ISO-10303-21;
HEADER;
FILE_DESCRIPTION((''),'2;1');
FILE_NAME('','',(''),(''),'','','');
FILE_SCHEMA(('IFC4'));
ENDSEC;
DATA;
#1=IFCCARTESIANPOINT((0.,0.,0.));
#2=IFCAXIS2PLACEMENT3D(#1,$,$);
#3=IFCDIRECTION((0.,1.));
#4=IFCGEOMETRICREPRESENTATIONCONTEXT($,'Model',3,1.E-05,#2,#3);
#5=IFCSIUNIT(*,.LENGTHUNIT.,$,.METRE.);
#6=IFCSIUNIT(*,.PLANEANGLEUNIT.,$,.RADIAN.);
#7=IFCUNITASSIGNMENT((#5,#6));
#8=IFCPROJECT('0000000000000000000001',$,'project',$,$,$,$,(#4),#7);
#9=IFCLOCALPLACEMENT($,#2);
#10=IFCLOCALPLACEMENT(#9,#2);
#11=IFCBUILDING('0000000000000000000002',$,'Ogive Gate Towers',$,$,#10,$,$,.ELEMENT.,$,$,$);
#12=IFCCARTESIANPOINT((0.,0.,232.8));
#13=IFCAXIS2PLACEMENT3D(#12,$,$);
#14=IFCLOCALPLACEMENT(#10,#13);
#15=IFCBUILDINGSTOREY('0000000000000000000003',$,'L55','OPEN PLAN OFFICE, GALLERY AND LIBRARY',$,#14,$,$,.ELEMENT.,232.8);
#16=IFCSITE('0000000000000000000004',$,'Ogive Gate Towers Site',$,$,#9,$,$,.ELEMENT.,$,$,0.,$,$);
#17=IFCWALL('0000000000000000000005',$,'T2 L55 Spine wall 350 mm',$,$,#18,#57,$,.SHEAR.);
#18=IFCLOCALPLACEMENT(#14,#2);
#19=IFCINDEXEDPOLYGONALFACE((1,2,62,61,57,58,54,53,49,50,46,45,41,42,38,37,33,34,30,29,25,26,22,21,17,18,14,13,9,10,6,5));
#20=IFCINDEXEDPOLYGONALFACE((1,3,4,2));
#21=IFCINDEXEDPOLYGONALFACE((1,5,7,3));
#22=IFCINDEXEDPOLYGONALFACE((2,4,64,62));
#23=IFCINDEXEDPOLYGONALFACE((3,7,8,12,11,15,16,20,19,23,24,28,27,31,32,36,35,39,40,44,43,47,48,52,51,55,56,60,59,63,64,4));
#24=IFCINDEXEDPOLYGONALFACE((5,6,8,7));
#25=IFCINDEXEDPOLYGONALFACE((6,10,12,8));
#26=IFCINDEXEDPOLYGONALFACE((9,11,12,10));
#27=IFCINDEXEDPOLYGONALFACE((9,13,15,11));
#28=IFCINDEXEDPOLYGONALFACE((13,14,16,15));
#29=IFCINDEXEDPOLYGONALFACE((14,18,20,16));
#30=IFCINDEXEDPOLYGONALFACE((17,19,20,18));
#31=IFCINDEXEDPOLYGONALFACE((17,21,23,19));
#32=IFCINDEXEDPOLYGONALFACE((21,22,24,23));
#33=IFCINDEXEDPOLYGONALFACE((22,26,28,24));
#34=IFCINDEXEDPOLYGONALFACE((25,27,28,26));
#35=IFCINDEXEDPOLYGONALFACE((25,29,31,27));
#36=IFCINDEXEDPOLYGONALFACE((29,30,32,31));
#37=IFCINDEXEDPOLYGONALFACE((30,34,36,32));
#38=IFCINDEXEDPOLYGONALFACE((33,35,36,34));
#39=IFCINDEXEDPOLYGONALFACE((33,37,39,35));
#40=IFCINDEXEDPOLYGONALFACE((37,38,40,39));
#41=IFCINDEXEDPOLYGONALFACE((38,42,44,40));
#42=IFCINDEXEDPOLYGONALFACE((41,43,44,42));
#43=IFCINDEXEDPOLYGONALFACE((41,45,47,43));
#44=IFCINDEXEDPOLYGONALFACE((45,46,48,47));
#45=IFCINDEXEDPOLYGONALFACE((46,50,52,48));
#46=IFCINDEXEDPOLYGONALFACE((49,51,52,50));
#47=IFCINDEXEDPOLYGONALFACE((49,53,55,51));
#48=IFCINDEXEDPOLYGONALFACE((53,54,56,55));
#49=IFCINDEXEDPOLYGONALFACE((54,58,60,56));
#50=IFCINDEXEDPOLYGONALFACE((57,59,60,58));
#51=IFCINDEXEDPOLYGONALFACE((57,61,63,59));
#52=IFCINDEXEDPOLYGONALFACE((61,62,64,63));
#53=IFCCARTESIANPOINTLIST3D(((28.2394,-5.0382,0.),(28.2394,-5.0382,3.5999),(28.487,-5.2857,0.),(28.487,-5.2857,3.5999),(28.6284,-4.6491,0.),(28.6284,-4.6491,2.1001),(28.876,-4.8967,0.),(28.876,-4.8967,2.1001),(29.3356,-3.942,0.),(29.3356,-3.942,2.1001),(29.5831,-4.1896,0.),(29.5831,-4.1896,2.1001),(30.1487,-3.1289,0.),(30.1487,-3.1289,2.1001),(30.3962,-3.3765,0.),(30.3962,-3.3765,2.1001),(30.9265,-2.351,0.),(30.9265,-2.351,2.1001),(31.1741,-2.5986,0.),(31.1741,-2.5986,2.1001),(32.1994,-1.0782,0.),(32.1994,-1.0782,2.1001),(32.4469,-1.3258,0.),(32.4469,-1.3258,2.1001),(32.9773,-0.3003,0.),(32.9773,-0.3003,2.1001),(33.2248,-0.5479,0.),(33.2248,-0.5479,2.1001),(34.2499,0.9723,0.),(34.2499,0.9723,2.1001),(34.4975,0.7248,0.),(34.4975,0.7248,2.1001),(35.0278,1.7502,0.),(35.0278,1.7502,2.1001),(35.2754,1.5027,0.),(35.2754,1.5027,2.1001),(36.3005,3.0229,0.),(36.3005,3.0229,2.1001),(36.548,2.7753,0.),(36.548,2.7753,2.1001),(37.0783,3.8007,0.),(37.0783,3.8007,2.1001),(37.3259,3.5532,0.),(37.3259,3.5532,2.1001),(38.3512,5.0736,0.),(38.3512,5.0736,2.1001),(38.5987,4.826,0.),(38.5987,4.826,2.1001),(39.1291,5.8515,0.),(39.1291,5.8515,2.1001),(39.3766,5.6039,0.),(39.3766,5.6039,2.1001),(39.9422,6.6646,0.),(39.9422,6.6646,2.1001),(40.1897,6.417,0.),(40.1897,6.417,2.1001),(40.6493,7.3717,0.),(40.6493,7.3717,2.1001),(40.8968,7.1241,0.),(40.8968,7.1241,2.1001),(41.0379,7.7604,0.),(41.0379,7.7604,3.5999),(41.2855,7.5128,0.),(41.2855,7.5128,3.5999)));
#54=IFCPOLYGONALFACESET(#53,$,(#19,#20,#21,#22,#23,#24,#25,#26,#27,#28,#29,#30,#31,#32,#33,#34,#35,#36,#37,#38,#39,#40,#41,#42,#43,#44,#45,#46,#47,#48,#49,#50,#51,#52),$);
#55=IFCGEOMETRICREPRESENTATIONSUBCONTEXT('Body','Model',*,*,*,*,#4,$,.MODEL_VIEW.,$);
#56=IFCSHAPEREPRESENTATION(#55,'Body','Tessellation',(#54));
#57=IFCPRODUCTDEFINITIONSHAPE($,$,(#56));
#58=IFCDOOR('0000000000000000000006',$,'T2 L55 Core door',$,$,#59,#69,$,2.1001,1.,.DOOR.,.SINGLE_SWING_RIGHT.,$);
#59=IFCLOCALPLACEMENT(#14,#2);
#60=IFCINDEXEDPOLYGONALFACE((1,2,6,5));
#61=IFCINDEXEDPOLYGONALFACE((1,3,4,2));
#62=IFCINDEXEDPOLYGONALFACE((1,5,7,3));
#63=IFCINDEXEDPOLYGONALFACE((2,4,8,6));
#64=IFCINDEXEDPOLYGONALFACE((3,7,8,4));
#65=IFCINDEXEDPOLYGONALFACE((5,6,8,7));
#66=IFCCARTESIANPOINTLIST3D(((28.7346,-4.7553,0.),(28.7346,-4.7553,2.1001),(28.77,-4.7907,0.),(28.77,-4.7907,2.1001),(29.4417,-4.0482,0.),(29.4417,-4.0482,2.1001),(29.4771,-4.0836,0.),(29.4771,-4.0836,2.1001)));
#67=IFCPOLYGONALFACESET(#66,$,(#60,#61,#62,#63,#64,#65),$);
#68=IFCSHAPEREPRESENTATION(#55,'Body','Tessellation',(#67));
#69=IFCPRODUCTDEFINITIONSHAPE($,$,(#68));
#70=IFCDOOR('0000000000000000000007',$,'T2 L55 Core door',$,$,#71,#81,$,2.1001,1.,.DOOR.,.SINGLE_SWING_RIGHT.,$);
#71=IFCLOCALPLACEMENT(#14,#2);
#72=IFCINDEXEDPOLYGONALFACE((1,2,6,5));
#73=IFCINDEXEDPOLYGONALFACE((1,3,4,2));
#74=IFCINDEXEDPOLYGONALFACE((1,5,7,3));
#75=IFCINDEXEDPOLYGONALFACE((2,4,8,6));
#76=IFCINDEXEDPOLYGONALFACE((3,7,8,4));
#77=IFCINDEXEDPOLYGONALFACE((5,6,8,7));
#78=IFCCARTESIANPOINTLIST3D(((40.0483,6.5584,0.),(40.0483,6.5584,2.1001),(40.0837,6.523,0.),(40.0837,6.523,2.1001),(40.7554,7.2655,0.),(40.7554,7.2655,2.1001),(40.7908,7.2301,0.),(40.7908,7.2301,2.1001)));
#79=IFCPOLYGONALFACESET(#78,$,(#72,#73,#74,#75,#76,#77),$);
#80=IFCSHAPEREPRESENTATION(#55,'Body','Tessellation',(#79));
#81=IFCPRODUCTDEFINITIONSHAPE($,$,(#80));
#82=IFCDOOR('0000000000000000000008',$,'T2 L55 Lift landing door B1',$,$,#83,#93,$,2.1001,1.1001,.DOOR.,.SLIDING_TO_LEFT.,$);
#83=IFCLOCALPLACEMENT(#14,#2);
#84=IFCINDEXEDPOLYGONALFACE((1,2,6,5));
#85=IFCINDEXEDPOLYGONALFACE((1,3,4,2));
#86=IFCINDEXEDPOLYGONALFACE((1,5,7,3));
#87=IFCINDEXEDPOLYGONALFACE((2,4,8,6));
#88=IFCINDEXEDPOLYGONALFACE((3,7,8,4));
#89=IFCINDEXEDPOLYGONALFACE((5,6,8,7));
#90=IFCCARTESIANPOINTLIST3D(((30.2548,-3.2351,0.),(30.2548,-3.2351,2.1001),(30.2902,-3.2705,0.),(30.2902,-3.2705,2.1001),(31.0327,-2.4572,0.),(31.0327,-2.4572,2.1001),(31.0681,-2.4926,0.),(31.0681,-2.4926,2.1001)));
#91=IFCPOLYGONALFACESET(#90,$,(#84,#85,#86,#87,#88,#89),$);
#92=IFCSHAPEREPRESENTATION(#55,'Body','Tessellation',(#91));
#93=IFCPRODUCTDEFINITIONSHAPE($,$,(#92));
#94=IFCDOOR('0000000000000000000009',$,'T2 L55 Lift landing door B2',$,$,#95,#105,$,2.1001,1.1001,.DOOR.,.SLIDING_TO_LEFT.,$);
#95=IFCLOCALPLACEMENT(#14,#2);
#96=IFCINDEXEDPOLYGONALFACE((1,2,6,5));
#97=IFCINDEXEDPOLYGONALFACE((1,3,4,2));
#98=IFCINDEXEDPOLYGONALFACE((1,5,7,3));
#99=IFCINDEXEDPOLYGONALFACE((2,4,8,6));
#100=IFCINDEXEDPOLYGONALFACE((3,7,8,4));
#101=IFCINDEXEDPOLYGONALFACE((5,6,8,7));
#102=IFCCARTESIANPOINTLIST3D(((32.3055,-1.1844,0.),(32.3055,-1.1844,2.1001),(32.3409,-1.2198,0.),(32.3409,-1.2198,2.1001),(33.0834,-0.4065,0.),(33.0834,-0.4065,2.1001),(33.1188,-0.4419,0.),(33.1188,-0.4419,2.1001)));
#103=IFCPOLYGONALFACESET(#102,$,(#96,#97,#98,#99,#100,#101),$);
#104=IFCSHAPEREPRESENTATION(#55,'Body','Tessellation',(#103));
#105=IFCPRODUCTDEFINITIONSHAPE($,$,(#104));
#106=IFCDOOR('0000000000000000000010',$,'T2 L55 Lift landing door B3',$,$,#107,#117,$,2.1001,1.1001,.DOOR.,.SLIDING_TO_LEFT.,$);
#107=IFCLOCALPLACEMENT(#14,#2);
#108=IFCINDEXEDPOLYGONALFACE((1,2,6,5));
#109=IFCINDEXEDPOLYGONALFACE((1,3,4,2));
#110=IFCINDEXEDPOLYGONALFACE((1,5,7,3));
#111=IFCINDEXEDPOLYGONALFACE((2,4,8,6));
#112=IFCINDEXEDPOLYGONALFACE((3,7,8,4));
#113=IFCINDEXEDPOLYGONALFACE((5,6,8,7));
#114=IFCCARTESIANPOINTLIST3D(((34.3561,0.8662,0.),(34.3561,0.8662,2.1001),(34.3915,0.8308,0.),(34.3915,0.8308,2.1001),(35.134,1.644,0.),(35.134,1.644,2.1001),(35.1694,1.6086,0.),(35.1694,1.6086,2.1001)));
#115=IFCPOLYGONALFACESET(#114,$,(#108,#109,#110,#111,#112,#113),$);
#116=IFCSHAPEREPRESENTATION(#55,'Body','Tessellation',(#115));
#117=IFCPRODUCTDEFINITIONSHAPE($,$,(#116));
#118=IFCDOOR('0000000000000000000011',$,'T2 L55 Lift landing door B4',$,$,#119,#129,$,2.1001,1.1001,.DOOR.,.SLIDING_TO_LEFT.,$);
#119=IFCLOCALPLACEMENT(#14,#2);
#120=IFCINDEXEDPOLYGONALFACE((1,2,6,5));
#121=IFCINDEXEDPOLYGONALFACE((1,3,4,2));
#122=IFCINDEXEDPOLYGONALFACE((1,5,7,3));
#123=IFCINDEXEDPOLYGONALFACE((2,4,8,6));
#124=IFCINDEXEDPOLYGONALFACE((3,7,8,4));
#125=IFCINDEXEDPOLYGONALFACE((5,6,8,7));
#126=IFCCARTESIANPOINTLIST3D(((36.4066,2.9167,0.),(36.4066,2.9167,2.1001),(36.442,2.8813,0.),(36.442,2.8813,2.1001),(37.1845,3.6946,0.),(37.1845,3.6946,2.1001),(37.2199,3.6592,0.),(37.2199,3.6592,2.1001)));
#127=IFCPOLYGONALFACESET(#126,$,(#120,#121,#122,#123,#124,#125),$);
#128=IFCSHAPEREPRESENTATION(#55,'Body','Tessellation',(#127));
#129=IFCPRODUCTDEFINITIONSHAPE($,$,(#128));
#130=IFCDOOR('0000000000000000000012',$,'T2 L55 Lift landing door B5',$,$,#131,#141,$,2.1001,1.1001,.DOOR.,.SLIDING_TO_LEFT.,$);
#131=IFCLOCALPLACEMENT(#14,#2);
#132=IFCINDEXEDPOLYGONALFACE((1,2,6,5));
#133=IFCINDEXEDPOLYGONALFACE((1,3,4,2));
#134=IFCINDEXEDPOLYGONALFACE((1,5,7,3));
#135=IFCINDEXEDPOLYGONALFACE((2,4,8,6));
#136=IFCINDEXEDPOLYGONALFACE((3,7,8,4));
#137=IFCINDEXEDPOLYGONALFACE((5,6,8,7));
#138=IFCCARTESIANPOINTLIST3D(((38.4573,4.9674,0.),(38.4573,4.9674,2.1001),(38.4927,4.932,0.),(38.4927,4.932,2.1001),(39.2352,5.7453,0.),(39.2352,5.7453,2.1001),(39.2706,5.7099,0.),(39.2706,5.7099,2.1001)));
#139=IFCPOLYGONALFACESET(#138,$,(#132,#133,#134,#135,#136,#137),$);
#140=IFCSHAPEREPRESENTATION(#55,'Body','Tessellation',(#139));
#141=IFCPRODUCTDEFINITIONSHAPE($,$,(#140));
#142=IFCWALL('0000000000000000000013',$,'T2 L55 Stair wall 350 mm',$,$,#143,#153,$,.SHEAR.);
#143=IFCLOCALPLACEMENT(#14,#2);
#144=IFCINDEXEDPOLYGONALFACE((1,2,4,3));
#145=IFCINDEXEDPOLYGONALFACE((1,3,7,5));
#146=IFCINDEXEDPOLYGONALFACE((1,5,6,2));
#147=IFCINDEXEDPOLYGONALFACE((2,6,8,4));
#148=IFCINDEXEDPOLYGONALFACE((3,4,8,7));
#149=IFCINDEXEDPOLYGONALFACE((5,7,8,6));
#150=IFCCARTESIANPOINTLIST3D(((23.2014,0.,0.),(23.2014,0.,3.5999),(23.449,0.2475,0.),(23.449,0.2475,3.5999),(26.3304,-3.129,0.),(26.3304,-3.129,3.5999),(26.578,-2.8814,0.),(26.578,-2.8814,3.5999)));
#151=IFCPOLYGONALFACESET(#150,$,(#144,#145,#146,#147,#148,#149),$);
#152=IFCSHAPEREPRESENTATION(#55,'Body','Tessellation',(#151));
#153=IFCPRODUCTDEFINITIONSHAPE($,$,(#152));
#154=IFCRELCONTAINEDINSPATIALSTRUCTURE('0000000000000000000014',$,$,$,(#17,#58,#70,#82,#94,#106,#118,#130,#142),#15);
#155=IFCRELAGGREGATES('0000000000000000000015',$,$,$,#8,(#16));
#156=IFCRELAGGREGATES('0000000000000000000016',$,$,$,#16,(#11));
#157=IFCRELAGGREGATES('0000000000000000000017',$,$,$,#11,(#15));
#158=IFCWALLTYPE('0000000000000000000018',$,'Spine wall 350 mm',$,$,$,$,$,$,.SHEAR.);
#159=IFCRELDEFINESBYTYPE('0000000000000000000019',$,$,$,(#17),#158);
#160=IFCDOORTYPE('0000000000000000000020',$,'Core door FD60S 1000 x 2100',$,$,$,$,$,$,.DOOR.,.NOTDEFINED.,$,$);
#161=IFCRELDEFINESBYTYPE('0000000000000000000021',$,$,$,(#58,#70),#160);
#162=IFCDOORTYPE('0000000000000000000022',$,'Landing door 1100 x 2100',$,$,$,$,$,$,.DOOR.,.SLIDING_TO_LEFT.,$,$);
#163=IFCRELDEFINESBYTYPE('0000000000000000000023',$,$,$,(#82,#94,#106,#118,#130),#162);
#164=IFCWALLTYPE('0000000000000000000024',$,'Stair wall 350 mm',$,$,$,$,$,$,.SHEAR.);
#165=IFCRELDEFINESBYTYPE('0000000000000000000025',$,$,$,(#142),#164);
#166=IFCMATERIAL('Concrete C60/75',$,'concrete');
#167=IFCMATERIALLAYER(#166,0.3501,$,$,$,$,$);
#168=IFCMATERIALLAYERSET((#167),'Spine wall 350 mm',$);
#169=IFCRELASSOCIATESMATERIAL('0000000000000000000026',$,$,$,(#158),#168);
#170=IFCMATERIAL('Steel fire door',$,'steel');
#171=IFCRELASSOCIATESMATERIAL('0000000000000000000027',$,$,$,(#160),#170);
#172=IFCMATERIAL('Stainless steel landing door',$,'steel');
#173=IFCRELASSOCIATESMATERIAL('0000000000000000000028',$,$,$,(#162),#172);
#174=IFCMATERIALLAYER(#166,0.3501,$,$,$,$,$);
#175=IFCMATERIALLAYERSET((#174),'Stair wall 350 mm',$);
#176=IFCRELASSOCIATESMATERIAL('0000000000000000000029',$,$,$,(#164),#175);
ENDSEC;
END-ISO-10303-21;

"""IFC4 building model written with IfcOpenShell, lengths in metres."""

from ifc_helpers import new_model, si_unit, direction, frame, frame_2d, origin, place, context, subcontext, project, spatial, rectangle, extrude, material, layer, layer_set, type_object, element, fill, save


model = new_model("IFC4")

# Units and contexts
model_context = context("Model", 3, precision=1e-05, world=origin(), true_north=direction((0.0, 1.0)))
body_context = subcontext(model_context, "Body", "Model", "MODEL_VIEW")
ifc_project = project(units=[si_unit("LENGTHUNIT", "METRE"), si_unit("PLANEANGLEUNIT", "RADIAN")], contexts=[model_context])

# Site, building, storey
site_placement = place(None, origin())
site = spatial("IfcSite", under=ifc_project, at=site_placement, Name="Ogive Gate Towers Site", CompositionType="ELEMENT", RefElevation=0.0)
building_placement = place(site_placement, origin())
building = spatial("IfcBuilding", under=site, at=building_placement, Name="Ogive Gate Towers", CompositionType="ELEMENT")
storey_placement = place(building_placement, frame((0.0, 0.0, 232.8)))
storey = spatial("IfcBuildingStorey", under=building, at=storey_placement, Name="L55", Description="OPEN PLAN OFFICE, GALLERY AND LIBRARY", CompositionType="ELEMENT", Elevation=232.8)

# Shared definitions
ifc_material_1 = material(Name="Concrete C60/75", Category="concrete")

# Wall, openings, doors
ifc_layer_1 = layer(ifc_material_1, 0.3501)
ifc_layer_set_1 = layer_set([ifc_layer_1], Name="Spine wall 350 mm")
wall_type_1 = type_object("IfcWallType", Name="Spine wall 350 mm", PredefinedType="SHEAR", material=ifc_layer_set_1)
wall_1_placement = place(storey_placement, frame((28.3633, -5.1619, 0.0), z_axis=(0.0, 0.0, 1.0), x_axis=(0.707107, 0.707107, 0.0)))
wall_1 = element("IfcWall", 1, at=wall_1_placement, inside=storey, type_object=wall_type_1, Name="T2 L55 Spine wall 350 mm", PredefinedType="SHEAR", context=body_context, shape_type="SweptSolid", body=[
    extrude(rectangle(XDim=18.0999, YDim=0.3501, at=frame_2d((9.0498, 0.0))), origin(), (0.0, 0.0, 1.0), 3.5999),
])
opening_1_placement = place(wall_1_placement, frame((0.55, 0.0, 0.0)))
opening_1 = element("IfcOpeningElement", 2, at=opening_1_placement, cuts=wall_1, PredefinedType="OPENING", context=body_context, shape_type="SweptSolid", body=[
    extrude(rectangle(XDim=1.0, YDim=2.1001, at=frame_2d((0.5, 1.05))), frame((0.0, 0.1851, 0.0), z_axis=(0.0, -1.0, 0.0), x_axis=(1.0, 0.0, 0.0)), (0.0, 0.0, 1.0), 0.3701),
])
opening_2_placement = place(wall_1_placement, frame((2.7, 0.0, 0.0)))
opening_2 = element("IfcOpeningElement", 3, at=opening_2_placement, cuts=wall_1, PredefinedType="OPENING", context=body_context, shape_type="SweptSolid", body=[
    extrude(rectangle(XDim=1.1001, YDim=2.1001, at=frame_2d((0.55, 1.05))), frame((0.0, 0.1851, 0.0), z_axis=(0.0, -1.0, 0.0), x_axis=(1.0, 0.0, 0.0)), (0.0, 0.0, 1.0), 0.3701),
])
opening_3_placement = place(wall_1_placement, frame((5.6001, 0.0, 0.0)))
opening_3 = element("IfcOpeningElement", 4, at=opening_3_placement, cuts=wall_1, PredefinedType="OPENING", context=body_context, shape_type="SweptSolid", body=[
    extrude(rectangle(XDim=1.1001, YDim=2.1001, at=frame_2d((0.55, 1.05))), frame((0.0, 0.1851, 0.0), z_axis=(0.0, -1.0, 0.0), x_axis=(1.0, 0.0, 0.0)), (0.0, 0.0, 1.0), 0.3701),
])
opening_4_placement = place(wall_1_placement, frame((8.5, 0.0, 0.0)))
opening_4 = element("IfcOpeningElement", 5, at=opening_4_placement, cuts=wall_1, PredefinedType="OPENING", context=body_context, shape_type="SweptSolid", body=[
    extrude(rectangle(XDim=1.1001, YDim=2.1001, at=frame_2d((0.55, 1.05))), frame((0.0, 0.1851, 0.0), z_axis=(0.0, -1.0, 0.0), x_axis=(1.0, 0.0, 0.0)), (0.0, 0.0, 1.0), 0.3701),
])
opening_5_placement = place(wall_1_placement, frame((11.3999, 0.0, 0.0)))
opening_5 = element("IfcOpeningElement", 6, at=opening_5_placement, cuts=wall_1, PredefinedType="OPENING", context=body_context, shape_type="SweptSolid", body=[
    extrude(rectangle(XDim=1.1001, YDim=2.1001, at=frame_2d((0.55, 1.05))), frame((0.0, 0.1851, 0.0), z_axis=(0.0, -1.0, 0.0), x_axis=(1.0, 0.0, 0.0)), (0.0, 0.0, 1.0), 0.3701),
])
opening_6_placement = place(wall_1_placement, frame((14.3, 0.0, 0.0)))
opening_6 = element("IfcOpeningElement", 7, at=opening_6_placement, cuts=wall_1, PredefinedType="OPENING", context=body_context, shape_type="SweptSolid", body=[
    extrude(rectangle(XDim=1.1001, YDim=2.1001, at=frame_2d((0.55, 1.05))), frame((0.0, 0.1851, 0.0), z_axis=(0.0, -1.0, 0.0), x_axis=(1.0, 0.0, 0.0)), (0.0, 0.0, 1.0), 0.3701),
])
opening_7_placement = place(wall_1_placement, frame((16.55, 0.0, 0.0)))
opening_7 = element("IfcOpeningElement", 8, at=opening_7_placement, cuts=wall_1, PredefinedType="OPENING", context=body_context, shape_type="SweptSolid", body=[
    extrude(rectangle(XDim=1.0, YDim=2.1001, at=frame_2d((0.5, 1.05))), frame((0.0, 0.1851, 0.0), z_axis=(0.0, -1.0, 0.0), x_axis=(1.0, 0.0, 0.0)), (0.0, 0.0, 1.0), 0.3701),
])
ifc_material_2 = material(Name="Steel fire door", Category="steel")
door_type_1 = type_object("IfcDoorType", Name="Core door FD60S 1000 x 2100", OperationType="NOTDEFINED", PredefinedType="DOOR", material=ifc_material_2)
door_1_placement = place(opening_1_placement, origin())
door_1 = element("IfcDoor", 9, at=door_1_placement, inside=storey, type_object=door_type_1, Name="T2 L55 Core door", OperationType="SINGLE_SWING_RIGHT", OverallHeight=2.1001, OverallWidth=1.0, PredefinedType="DOOR", context=body_context, shape_type="SweptSolid", body=[
    extrude(rectangle(XDim=1.0, YDim=2.1001, at=frame_2d((0.5, 1.05))), frame((0.0, 0.0249, 0.0), z_axis=(0.0, -1.0, 0.0), x_axis=(1.0, 0.0, 0.0)), (0.0, 0.0, 1.0), 0.05),
])
fill(opening_1, door_1)
door_2_placement = place(opening_7_placement, origin())
door_2 = element("IfcDoor", 10, at=door_2_placement, inside=storey, type_object=door_type_1, Name="T2 L55 Core door", OperationType="SINGLE_SWING_RIGHT", OverallHeight=2.1001, OverallWidth=1.0, PredefinedType="DOOR", context=body_context, shape_type="SweptSolid", body=[
    extrude(rectangle(XDim=1.0, YDim=2.1001, at=frame_2d((0.5, 1.05))), frame((0.0, 0.0249, 0.0), z_axis=(0.0, -1.0, 0.0), x_axis=(1.0, 0.0, 0.0)), (0.0, 0.0, 1.0), 0.05),
])
fill(opening_7, door_2)
ifc_material_3 = material(Name="Stainless steel landing door", Category="steel")
door_type_2 = type_object("IfcDoorType", Name="Landing door 1100 x 2100", OperationType="SLIDING_TO_LEFT", PredefinedType="DOOR", material=ifc_material_3)
door_3_placement = place(opening_2_placement, origin())
door_3 = element("IfcDoor", 11, at=door_3_placement, inside=storey, type_object=door_type_2, Name="T2 L55 Lift landing door B1", OperationType="SLIDING_TO_LEFT", OverallHeight=2.1001, OverallWidth=1.1001, PredefinedType="DOOR", context=body_context, shape_type="SweptSolid", body=[
    extrude(rectangle(XDim=1.1001, YDim=2.1001, at=frame_2d((0.55, 1.05))), frame((0.0, 0.0249, 0.0), z_axis=(0.0, -1.0, 0.0), x_axis=(1.0, 0.0, 0.0)), (0.0, 0.0, 1.0), 0.05),
])
fill(opening_2, door_3)
door_4_placement = place(opening_3_placement, origin())
door_4 = element("IfcDoor", 12, at=door_4_placement, inside=storey, type_object=door_type_2, Name="T2 L55 Lift landing door B2", OperationType="SLIDING_TO_LEFT", OverallHeight=2.1001, OverallWidth=1.1001, PredefinedType="DOOR", context=body_context, shape_type="SweptSolid", body=[
    extrude(rectangle(XDim=1.1001, YDim=2.1001, at=frame_2d((0.55, 1.05))), frame((0.0, 0.0249, 0.0), z_axis=(0.0, -1.0, 0.0), x_axis=(1.0, 0.0, 0.0)), (0.0, 0.0, 1.0), 0.05),
])
fill(opening_3, door_4)
door_5_placement = place(opening_4_placement, origin())
door_5 = element("IfcDoor", 13, at=door_5_placement, inside=storey, type_object=door_type_2, Name="T2 L55 Lift landing door B3", OperationType="SLIDING_TO_LEFT", OverallHeight=2.1001, OverallWidth=1.1001, PredefinedType="DOOR", context=body_context, shape_type="SweptSolid", body=[
    extrude(rectangle(XDim=1.1001, YDim=2.1001, at=frame_2d((0.55, 1.05))), frame((0.0, 0.0249, 0.0), z_axis=(0.0, -1.0, 0.0), x_axis=(1.0, 0.0, 0.0)), (0.0, 0.0, 1.0), 0.05),
])
fill(opening_4, door_5)
door_6_placement = place(opening_5_placement, origin())
door_6 = element("IfcDoor", 14, at=door_6_placement, inside=storey, type_object=door_type_2, Name="T2 L55 Lift landing door B4", OperationType="SLIDING_TO_LEFT", OverallHeight=2.1001, OverallWidth=1.1001, PredefinedType="DOOR", context=body_context, shape_type="SweptSolid", body=[
    extrude(rectangle(XDim=1.1001, YDim=2.1001, at=frame_2d((0.55, 1.05))), frame((0.0, 0.0249, 0.0), z_axis=(0.0, -1.0, 0.0), x_axis=(1.0, 0.0, 0.0)), (0.0, 0.0, 1.0), 0.05),
])
fill(opening_5, door_6)
door_7_placement = place(opening_6_placement, origin())
door_7 = element("IfcDoor", 15, at=door_7_placement, inside=storey, type_object=door_type_2, Name="T2 L55 Lift landing door B5", OperationType="SLIDING_TO_LEFT", OverallHeight=2.1001, OverallWidth=1.1001, PredefinedType="DOOR", context=body_context, shape_type="SweptSolid", body=[
    extrude(rectangle(XDim=1.1001, YDim=2.1001, at=frame_2d((0.55, 1.05))), frame((0.0, 0.0249, 0.0), z_axis=(0.0, -1.0, 0.0), x_axis=(1.0, 0.0, 0.0)), (0.0, 0.0, 1.0), 0.05),
])
fill(opening_6, door_7)

# Wall
ifc_layer_2 = layer(ifc_material_1, 0.3501)
ifc_layer_set_2 = layer_set([ifc_layer_2], Name="Stair wall 350 mm")
wall_type_2 = type_object("IfcWallType", Name="Stair wall 350 mm", PredefinedType="SHEAR", material=ifc_layer_set_2)
wall_2_placement = place(storey_placement, frame((26.4541, -3.0051, 0.0), z_axis=(0.0, 0.0, 1.0), x_axis=(-0.707107, 0.707107, 0.0)))
element("IfcWall", 16, at=wall_2_placement, inside=storey, type_object=wall_type_2, Name="T2 L55 Stair wall 350 mm", PredefinedType="SHEAR", context=body_context, shape_type="SweptSolid", body=[
    extrude(rectangle(XDim=4.425, YDim=0.3501, at=frame_2d((2.2124, 0.0))), origin(), (0.0, 0.0, 1.0), 3.5999),
])

save(model, "model.ifc")
